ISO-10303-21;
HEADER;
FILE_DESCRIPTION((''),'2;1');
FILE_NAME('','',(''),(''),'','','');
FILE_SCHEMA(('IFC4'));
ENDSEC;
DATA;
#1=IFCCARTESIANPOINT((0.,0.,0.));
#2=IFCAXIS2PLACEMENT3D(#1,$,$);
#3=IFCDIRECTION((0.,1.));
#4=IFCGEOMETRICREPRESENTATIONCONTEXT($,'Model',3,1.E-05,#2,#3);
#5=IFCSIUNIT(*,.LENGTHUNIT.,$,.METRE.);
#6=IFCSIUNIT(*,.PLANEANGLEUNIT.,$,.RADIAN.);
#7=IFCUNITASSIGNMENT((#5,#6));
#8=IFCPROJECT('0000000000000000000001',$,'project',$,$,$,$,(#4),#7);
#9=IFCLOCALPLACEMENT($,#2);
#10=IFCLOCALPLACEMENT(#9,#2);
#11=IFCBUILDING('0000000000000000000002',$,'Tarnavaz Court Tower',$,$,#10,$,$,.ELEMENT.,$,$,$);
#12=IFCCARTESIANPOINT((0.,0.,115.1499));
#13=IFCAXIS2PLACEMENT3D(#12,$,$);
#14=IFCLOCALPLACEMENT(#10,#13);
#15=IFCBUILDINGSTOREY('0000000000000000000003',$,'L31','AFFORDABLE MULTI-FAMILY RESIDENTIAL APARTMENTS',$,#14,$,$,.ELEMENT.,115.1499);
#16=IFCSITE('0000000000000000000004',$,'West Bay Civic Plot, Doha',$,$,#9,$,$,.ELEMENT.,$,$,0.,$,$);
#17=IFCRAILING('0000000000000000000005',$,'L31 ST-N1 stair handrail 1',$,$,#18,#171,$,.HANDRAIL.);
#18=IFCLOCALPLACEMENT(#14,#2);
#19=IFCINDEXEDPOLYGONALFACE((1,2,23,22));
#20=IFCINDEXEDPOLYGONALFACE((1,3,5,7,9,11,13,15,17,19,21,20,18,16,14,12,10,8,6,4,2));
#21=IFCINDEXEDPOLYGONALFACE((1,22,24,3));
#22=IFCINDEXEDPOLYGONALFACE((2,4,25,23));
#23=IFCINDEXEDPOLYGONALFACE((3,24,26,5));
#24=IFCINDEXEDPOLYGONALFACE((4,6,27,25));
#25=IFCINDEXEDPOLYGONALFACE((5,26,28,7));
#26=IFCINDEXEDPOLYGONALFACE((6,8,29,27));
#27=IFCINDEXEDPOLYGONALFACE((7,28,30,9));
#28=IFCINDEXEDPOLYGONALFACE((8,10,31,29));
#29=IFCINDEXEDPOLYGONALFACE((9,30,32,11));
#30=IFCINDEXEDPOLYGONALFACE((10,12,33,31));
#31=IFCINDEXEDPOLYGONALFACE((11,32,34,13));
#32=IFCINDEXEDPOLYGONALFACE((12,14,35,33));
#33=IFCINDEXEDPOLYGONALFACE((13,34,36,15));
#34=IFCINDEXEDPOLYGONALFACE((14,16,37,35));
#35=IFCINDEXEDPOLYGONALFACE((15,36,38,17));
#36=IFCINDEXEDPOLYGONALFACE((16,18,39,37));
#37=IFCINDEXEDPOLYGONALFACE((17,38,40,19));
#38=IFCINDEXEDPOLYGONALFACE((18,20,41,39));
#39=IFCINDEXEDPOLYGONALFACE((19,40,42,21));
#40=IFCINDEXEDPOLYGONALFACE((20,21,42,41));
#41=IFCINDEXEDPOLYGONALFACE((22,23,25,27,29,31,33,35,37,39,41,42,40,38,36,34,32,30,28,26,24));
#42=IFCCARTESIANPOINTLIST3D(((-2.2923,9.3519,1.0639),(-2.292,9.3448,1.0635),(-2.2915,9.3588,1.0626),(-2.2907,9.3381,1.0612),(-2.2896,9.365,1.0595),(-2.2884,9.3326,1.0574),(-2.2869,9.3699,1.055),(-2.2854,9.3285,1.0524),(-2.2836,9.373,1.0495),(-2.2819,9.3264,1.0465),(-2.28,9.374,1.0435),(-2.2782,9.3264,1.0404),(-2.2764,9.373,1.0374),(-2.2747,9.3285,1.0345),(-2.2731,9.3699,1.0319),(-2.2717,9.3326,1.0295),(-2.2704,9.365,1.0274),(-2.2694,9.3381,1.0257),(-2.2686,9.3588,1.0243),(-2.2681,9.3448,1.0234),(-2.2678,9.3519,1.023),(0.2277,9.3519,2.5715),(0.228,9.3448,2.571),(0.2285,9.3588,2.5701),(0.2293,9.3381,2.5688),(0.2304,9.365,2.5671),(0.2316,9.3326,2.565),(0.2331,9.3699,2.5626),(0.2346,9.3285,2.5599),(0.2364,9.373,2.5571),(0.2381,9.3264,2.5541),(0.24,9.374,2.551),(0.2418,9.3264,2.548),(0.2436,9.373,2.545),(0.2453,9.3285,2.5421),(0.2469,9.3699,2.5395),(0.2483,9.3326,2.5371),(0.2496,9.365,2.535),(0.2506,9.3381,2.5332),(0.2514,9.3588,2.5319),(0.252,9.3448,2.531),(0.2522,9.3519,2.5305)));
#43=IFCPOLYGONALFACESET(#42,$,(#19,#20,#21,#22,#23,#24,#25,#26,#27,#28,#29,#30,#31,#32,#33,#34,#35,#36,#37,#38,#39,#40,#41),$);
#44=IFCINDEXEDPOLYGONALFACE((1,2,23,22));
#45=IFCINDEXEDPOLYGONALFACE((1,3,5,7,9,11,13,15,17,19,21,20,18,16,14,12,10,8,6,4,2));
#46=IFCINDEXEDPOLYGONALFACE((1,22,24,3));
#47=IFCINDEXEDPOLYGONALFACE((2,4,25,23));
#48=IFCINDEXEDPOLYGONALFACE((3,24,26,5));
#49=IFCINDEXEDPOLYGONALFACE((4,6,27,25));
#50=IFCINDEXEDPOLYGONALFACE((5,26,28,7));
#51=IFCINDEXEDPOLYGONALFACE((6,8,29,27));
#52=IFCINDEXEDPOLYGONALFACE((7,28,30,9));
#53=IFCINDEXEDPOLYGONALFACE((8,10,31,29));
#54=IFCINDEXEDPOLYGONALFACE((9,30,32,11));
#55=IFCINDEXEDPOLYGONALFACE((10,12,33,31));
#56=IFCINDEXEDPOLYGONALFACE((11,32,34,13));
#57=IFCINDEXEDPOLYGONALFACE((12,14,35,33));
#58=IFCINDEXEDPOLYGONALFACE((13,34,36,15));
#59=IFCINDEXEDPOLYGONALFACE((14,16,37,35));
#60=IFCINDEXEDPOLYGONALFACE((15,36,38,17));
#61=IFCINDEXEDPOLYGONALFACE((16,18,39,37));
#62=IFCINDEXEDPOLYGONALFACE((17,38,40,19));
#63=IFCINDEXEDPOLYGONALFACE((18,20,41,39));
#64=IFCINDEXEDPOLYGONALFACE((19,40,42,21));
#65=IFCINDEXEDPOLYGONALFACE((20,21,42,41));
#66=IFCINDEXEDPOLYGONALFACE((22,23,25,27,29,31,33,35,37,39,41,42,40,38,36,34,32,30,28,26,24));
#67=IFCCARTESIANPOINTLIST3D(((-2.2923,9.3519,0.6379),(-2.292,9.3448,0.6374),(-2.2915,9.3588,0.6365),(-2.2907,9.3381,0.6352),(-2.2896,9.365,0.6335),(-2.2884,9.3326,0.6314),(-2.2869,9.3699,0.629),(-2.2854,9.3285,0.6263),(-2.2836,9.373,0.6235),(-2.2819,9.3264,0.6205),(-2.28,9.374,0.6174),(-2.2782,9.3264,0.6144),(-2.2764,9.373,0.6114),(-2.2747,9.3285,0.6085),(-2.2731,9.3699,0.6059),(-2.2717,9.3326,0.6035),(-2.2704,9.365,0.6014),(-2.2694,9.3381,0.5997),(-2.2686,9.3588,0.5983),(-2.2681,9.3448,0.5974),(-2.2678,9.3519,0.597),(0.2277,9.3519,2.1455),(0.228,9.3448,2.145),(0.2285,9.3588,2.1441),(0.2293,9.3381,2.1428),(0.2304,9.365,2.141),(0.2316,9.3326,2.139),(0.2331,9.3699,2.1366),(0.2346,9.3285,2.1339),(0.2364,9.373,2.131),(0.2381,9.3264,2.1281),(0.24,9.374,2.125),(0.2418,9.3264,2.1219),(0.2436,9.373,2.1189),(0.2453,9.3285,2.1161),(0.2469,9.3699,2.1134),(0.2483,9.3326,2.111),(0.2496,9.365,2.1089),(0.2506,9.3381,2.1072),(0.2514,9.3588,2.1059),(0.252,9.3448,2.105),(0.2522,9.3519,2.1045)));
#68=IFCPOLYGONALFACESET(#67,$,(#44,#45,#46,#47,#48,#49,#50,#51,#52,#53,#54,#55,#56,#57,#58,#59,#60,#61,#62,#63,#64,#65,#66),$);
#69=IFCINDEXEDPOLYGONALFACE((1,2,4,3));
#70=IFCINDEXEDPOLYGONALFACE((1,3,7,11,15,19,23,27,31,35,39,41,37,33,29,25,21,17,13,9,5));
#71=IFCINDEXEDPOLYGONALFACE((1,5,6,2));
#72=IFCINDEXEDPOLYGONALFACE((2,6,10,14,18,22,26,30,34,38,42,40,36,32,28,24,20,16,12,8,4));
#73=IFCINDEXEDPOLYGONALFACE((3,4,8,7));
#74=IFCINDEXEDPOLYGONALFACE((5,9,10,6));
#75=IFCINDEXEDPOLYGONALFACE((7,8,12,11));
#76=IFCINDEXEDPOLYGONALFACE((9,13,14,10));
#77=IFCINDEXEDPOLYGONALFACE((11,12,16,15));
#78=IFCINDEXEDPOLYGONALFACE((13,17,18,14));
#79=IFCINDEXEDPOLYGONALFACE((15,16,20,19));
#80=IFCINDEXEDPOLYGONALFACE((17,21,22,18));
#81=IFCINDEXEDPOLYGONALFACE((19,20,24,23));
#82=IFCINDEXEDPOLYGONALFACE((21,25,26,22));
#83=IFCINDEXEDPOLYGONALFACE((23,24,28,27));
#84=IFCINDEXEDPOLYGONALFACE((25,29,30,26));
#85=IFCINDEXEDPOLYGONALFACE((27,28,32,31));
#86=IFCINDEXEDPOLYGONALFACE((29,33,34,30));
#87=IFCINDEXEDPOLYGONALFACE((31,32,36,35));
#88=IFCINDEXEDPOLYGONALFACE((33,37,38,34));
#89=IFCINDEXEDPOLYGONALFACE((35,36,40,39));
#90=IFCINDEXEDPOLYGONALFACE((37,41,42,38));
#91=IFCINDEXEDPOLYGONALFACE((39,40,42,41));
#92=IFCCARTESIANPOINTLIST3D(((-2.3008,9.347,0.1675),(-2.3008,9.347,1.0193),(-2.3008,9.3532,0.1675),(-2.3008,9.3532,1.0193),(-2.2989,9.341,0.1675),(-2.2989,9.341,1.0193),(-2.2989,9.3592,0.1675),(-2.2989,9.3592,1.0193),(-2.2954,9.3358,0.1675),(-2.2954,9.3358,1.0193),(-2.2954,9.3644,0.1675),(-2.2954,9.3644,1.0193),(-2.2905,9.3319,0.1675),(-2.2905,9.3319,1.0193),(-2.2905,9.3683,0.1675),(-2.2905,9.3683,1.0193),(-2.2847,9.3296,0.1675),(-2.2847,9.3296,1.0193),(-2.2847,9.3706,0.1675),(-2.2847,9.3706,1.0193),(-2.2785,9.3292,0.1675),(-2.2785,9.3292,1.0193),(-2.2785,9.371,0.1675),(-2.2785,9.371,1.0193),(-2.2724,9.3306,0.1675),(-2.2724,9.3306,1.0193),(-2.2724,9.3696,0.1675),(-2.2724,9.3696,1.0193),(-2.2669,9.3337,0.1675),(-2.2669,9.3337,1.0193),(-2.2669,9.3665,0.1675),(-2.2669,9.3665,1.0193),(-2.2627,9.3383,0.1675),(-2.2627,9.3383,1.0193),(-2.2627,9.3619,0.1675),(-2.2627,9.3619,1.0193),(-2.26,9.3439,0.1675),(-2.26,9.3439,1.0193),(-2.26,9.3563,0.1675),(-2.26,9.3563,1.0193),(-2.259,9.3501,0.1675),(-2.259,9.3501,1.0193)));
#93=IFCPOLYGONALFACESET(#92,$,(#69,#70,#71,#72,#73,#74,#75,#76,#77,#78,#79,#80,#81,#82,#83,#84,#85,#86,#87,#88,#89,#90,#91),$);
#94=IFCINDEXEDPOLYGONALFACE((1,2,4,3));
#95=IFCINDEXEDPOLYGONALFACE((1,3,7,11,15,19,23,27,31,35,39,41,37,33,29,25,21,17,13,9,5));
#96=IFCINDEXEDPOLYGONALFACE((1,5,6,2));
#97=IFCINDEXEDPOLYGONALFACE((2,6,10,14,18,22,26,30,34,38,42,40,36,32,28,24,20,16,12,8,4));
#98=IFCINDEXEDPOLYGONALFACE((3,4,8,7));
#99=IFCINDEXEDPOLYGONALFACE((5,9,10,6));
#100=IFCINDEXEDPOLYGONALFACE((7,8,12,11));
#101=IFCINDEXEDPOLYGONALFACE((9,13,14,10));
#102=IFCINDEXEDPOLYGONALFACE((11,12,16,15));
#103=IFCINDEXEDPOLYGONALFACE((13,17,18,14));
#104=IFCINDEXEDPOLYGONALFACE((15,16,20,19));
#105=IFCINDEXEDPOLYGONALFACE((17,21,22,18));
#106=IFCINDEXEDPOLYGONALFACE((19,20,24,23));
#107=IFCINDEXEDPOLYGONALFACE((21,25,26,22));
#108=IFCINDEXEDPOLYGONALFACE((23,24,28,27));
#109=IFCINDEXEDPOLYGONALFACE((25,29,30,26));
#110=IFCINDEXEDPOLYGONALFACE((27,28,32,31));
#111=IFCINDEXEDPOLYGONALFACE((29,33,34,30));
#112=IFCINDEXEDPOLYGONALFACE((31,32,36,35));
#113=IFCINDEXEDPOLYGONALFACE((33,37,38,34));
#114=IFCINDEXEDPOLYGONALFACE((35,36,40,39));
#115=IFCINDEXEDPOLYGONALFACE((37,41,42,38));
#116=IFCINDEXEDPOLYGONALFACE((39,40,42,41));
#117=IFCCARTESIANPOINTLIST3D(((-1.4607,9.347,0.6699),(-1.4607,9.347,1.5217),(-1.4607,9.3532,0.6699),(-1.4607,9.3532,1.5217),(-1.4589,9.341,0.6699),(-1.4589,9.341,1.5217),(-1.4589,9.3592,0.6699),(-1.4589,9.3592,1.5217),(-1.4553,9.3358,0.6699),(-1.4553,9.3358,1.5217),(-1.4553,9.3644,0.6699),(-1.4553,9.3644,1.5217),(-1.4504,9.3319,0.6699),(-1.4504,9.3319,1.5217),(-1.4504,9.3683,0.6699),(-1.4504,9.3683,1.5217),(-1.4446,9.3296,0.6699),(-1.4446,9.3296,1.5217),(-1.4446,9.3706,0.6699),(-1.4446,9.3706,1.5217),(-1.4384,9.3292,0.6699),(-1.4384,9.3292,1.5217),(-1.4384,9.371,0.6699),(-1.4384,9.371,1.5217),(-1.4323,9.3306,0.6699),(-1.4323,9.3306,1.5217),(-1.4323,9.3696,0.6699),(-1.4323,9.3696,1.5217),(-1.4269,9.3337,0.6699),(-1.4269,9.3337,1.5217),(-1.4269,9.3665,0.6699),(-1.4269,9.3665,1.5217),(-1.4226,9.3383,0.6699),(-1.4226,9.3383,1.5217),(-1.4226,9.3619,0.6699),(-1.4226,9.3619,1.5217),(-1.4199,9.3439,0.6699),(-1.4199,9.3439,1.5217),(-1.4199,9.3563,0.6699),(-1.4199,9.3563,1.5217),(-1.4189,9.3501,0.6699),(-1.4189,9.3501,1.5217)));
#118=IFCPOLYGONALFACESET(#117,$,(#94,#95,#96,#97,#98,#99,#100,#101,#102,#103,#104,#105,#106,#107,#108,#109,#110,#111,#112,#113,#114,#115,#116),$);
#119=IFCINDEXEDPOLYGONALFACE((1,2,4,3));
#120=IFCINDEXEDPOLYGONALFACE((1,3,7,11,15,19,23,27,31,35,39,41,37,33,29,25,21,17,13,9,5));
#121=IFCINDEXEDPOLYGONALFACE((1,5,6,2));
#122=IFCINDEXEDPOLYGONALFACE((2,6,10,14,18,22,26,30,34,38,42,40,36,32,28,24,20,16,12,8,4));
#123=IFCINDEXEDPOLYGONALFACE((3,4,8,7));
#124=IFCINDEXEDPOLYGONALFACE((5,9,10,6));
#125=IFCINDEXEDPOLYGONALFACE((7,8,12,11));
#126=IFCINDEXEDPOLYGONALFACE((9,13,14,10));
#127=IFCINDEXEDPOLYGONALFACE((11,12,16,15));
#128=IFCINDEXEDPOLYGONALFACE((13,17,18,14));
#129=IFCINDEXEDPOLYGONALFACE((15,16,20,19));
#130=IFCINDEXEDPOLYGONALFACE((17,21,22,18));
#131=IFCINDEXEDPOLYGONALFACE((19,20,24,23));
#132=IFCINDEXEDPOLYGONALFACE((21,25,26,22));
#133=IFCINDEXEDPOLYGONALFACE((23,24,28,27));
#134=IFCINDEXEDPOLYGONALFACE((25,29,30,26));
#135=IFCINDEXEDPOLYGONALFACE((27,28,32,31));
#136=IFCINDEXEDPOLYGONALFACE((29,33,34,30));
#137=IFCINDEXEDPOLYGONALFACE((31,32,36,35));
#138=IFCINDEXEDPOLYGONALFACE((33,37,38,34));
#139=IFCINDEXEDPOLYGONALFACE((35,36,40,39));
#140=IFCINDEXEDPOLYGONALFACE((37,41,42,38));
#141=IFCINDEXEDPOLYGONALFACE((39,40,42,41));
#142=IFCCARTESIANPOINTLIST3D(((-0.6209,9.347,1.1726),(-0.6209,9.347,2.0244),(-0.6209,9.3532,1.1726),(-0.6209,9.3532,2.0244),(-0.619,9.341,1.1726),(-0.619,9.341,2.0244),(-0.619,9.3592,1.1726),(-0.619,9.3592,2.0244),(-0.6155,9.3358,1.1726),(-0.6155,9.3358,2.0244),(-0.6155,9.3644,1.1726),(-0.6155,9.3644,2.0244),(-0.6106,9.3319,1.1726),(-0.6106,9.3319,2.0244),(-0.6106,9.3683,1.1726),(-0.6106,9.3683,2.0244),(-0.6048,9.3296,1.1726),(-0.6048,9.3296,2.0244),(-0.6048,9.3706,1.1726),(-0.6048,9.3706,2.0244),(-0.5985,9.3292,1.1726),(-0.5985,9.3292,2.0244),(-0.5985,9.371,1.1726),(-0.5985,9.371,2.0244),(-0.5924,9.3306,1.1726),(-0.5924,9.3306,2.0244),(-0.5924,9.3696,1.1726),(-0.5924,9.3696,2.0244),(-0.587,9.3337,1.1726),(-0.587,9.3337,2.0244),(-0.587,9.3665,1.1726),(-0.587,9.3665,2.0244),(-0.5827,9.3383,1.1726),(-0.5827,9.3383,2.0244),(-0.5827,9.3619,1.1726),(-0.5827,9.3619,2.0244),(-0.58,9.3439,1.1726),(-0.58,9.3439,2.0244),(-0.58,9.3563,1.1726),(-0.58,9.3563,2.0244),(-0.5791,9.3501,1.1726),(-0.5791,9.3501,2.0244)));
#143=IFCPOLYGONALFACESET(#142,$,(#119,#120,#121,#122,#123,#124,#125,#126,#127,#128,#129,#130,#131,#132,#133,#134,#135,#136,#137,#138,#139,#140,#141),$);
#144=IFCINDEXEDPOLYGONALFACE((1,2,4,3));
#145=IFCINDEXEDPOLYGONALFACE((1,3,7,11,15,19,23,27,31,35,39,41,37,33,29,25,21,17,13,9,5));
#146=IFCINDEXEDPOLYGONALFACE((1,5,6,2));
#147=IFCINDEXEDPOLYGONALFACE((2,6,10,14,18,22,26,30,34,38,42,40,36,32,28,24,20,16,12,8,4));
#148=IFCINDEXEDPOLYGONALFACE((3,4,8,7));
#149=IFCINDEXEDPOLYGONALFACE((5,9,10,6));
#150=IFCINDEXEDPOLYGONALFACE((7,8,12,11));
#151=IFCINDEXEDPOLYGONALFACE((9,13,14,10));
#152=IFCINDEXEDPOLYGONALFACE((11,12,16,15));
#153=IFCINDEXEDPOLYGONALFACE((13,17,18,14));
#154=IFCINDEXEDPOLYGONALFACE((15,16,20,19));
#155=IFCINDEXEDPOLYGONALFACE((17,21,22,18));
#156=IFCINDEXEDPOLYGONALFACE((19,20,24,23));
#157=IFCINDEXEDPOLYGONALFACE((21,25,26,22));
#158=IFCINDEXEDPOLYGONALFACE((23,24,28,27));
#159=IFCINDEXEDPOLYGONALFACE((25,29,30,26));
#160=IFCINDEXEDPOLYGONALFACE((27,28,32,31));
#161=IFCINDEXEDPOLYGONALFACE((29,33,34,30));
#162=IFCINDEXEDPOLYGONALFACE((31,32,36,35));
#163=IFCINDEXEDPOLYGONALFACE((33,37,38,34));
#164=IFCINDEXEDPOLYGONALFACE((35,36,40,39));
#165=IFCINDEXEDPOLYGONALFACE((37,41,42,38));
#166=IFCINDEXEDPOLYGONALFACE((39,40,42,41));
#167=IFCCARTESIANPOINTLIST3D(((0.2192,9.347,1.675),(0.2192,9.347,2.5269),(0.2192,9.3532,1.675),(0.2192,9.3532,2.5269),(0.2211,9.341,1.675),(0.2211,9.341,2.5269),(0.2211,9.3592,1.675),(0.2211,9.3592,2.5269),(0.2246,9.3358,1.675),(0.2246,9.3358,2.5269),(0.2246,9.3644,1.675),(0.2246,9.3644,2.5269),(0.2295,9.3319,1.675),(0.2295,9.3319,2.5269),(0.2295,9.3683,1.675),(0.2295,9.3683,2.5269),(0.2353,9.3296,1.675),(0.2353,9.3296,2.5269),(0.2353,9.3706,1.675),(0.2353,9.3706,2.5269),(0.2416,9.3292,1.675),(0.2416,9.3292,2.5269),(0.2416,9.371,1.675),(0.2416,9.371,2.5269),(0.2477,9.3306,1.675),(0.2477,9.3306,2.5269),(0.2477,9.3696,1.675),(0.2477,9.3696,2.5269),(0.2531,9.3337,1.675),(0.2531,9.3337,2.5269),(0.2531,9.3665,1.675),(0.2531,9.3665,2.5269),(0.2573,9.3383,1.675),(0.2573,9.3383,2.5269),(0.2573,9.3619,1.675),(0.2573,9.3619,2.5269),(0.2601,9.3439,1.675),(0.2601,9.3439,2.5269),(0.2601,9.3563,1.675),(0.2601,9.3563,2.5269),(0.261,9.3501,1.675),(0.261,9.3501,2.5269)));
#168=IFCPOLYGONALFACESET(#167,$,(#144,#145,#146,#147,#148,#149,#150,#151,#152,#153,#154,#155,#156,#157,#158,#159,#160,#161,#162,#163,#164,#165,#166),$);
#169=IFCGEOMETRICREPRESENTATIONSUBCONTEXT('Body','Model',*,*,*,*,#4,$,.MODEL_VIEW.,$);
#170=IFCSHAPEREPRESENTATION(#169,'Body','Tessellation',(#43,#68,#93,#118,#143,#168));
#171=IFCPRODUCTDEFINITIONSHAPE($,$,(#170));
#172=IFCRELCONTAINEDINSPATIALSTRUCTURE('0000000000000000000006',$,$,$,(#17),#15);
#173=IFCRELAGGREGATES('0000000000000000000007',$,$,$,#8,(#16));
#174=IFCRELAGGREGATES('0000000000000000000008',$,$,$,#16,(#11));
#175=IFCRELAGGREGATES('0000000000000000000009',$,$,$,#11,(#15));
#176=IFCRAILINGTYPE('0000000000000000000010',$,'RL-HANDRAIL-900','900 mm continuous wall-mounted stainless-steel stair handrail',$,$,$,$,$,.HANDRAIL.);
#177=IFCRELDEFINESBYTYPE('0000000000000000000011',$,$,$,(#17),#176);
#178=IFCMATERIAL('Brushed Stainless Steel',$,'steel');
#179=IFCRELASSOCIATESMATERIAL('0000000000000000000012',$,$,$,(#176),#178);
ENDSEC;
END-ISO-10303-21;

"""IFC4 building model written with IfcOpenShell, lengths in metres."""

from ifc_helpers import new_model, si_unit, direction, frame, origin, origin_2d, place, context, subcontext, project, spatial, circle, extrude, material, type_object, element, save


model = new_model("IFC4")

# Units and contexts
model_context = context("Model", 3, precision=1e-05, world=origin(), true_north=direction((0.0, 1.0)))
body_context = subcontext(model_context, "Body", "Model", "MODEL_VIEW")
ifc_project = project(units=[si_unit("LENGTHUNIT", "METRE"), si_unit("PLANEANGLEUNIT", "RADIAN")], contexts=[model_context])

# Site, building, storey
site_placement = place(None, origin())
site = spatial("IfcSite", under=ifc_project, at=site_placement, Name="West Bay Civic Plot, Doha", CompositionType="ELEMENT", RefElevation=0.0)
building_placement = place(site_placement, origin())
building = spatial("IfcBuilding", under=site, at=building_placement, Name="Tarnavaz Court Tower", CompositionType="ELEMENT")
storey_placement = place(building_placement, frame((0.0, 0.0, 115.1499)))
storey = spatial("IfcBuildingStorey", under=building, at=storey_placement, Name="L31", Description="AFFORDABLE MULTI-FAMILY RESIDENTIAL APARTMENTS", CompositionType="ELEMENT", Elevation=115.1499)

# Railing
ifc_material_1 = material(Name="Brushed Stainless Steel", Category="steel")
railing_type_1 = type_object("IfcRailingType", Name="RL-HANDRAIL-900", Description="900 mm continuous wall-mounted stainless-steel stair handrail", PredefinedType="HANDRAIL", material=ifc_material_1)
railing_1_placement = place(storey_placement, frame((-2.28, 9.3501, 0.1675)))
element("IfcRailing", 1, at=railing_1_placement, inside=storey, type_object=railing_type_1, Name="L31 ST-N1 stair handrail 1", PredefinedType="HANDRAIL", context=body_context, shape_type="SweptSolid", body=[
    extrude(circle(Radius=0.0239, at=origin_2d()), frame((0.0, 0.0, 0.876), z_axis=(0.85816, 0.0, 0.513383), x_axis=(0.0, 1.0, 0.0)), (0.0, 0.0, 1.0), 2.9365),
    extrude(circle(Radius=0.0239, at=origin_2d()), frame((0.0, 0.0, 0.45), z_axis=(0.85816, 0.0, 0.513383), x_axis=(0.0, 1.0, 0.0)), (0.0, 0.0, 1.0), 2.9365),
    extrude(circle(Radius=0.021, at=origin_2d()), origin(), (0.0, 0.0, 1.0), 0.8518),
    extrude(circle(Radius=0.021, at=origin_2d()), frame((0.8401, 0.0, 0.5024)), (0.0, 0.0, 1.0), 0.8518),
    extrude(circle(Radius=0.021, at=origin_2d()), frame((1.6799, 0.0, 1.0051)), (0.0, 0.0, 1.0), 0.8518),
    extrude(circle(Radius=0.021, at=origin_2d()), frame((2.52, 0.0, 1.5076)), (0.0, 0.0, 1.0), 0.8518),
])

save(model, "model.ifc")
